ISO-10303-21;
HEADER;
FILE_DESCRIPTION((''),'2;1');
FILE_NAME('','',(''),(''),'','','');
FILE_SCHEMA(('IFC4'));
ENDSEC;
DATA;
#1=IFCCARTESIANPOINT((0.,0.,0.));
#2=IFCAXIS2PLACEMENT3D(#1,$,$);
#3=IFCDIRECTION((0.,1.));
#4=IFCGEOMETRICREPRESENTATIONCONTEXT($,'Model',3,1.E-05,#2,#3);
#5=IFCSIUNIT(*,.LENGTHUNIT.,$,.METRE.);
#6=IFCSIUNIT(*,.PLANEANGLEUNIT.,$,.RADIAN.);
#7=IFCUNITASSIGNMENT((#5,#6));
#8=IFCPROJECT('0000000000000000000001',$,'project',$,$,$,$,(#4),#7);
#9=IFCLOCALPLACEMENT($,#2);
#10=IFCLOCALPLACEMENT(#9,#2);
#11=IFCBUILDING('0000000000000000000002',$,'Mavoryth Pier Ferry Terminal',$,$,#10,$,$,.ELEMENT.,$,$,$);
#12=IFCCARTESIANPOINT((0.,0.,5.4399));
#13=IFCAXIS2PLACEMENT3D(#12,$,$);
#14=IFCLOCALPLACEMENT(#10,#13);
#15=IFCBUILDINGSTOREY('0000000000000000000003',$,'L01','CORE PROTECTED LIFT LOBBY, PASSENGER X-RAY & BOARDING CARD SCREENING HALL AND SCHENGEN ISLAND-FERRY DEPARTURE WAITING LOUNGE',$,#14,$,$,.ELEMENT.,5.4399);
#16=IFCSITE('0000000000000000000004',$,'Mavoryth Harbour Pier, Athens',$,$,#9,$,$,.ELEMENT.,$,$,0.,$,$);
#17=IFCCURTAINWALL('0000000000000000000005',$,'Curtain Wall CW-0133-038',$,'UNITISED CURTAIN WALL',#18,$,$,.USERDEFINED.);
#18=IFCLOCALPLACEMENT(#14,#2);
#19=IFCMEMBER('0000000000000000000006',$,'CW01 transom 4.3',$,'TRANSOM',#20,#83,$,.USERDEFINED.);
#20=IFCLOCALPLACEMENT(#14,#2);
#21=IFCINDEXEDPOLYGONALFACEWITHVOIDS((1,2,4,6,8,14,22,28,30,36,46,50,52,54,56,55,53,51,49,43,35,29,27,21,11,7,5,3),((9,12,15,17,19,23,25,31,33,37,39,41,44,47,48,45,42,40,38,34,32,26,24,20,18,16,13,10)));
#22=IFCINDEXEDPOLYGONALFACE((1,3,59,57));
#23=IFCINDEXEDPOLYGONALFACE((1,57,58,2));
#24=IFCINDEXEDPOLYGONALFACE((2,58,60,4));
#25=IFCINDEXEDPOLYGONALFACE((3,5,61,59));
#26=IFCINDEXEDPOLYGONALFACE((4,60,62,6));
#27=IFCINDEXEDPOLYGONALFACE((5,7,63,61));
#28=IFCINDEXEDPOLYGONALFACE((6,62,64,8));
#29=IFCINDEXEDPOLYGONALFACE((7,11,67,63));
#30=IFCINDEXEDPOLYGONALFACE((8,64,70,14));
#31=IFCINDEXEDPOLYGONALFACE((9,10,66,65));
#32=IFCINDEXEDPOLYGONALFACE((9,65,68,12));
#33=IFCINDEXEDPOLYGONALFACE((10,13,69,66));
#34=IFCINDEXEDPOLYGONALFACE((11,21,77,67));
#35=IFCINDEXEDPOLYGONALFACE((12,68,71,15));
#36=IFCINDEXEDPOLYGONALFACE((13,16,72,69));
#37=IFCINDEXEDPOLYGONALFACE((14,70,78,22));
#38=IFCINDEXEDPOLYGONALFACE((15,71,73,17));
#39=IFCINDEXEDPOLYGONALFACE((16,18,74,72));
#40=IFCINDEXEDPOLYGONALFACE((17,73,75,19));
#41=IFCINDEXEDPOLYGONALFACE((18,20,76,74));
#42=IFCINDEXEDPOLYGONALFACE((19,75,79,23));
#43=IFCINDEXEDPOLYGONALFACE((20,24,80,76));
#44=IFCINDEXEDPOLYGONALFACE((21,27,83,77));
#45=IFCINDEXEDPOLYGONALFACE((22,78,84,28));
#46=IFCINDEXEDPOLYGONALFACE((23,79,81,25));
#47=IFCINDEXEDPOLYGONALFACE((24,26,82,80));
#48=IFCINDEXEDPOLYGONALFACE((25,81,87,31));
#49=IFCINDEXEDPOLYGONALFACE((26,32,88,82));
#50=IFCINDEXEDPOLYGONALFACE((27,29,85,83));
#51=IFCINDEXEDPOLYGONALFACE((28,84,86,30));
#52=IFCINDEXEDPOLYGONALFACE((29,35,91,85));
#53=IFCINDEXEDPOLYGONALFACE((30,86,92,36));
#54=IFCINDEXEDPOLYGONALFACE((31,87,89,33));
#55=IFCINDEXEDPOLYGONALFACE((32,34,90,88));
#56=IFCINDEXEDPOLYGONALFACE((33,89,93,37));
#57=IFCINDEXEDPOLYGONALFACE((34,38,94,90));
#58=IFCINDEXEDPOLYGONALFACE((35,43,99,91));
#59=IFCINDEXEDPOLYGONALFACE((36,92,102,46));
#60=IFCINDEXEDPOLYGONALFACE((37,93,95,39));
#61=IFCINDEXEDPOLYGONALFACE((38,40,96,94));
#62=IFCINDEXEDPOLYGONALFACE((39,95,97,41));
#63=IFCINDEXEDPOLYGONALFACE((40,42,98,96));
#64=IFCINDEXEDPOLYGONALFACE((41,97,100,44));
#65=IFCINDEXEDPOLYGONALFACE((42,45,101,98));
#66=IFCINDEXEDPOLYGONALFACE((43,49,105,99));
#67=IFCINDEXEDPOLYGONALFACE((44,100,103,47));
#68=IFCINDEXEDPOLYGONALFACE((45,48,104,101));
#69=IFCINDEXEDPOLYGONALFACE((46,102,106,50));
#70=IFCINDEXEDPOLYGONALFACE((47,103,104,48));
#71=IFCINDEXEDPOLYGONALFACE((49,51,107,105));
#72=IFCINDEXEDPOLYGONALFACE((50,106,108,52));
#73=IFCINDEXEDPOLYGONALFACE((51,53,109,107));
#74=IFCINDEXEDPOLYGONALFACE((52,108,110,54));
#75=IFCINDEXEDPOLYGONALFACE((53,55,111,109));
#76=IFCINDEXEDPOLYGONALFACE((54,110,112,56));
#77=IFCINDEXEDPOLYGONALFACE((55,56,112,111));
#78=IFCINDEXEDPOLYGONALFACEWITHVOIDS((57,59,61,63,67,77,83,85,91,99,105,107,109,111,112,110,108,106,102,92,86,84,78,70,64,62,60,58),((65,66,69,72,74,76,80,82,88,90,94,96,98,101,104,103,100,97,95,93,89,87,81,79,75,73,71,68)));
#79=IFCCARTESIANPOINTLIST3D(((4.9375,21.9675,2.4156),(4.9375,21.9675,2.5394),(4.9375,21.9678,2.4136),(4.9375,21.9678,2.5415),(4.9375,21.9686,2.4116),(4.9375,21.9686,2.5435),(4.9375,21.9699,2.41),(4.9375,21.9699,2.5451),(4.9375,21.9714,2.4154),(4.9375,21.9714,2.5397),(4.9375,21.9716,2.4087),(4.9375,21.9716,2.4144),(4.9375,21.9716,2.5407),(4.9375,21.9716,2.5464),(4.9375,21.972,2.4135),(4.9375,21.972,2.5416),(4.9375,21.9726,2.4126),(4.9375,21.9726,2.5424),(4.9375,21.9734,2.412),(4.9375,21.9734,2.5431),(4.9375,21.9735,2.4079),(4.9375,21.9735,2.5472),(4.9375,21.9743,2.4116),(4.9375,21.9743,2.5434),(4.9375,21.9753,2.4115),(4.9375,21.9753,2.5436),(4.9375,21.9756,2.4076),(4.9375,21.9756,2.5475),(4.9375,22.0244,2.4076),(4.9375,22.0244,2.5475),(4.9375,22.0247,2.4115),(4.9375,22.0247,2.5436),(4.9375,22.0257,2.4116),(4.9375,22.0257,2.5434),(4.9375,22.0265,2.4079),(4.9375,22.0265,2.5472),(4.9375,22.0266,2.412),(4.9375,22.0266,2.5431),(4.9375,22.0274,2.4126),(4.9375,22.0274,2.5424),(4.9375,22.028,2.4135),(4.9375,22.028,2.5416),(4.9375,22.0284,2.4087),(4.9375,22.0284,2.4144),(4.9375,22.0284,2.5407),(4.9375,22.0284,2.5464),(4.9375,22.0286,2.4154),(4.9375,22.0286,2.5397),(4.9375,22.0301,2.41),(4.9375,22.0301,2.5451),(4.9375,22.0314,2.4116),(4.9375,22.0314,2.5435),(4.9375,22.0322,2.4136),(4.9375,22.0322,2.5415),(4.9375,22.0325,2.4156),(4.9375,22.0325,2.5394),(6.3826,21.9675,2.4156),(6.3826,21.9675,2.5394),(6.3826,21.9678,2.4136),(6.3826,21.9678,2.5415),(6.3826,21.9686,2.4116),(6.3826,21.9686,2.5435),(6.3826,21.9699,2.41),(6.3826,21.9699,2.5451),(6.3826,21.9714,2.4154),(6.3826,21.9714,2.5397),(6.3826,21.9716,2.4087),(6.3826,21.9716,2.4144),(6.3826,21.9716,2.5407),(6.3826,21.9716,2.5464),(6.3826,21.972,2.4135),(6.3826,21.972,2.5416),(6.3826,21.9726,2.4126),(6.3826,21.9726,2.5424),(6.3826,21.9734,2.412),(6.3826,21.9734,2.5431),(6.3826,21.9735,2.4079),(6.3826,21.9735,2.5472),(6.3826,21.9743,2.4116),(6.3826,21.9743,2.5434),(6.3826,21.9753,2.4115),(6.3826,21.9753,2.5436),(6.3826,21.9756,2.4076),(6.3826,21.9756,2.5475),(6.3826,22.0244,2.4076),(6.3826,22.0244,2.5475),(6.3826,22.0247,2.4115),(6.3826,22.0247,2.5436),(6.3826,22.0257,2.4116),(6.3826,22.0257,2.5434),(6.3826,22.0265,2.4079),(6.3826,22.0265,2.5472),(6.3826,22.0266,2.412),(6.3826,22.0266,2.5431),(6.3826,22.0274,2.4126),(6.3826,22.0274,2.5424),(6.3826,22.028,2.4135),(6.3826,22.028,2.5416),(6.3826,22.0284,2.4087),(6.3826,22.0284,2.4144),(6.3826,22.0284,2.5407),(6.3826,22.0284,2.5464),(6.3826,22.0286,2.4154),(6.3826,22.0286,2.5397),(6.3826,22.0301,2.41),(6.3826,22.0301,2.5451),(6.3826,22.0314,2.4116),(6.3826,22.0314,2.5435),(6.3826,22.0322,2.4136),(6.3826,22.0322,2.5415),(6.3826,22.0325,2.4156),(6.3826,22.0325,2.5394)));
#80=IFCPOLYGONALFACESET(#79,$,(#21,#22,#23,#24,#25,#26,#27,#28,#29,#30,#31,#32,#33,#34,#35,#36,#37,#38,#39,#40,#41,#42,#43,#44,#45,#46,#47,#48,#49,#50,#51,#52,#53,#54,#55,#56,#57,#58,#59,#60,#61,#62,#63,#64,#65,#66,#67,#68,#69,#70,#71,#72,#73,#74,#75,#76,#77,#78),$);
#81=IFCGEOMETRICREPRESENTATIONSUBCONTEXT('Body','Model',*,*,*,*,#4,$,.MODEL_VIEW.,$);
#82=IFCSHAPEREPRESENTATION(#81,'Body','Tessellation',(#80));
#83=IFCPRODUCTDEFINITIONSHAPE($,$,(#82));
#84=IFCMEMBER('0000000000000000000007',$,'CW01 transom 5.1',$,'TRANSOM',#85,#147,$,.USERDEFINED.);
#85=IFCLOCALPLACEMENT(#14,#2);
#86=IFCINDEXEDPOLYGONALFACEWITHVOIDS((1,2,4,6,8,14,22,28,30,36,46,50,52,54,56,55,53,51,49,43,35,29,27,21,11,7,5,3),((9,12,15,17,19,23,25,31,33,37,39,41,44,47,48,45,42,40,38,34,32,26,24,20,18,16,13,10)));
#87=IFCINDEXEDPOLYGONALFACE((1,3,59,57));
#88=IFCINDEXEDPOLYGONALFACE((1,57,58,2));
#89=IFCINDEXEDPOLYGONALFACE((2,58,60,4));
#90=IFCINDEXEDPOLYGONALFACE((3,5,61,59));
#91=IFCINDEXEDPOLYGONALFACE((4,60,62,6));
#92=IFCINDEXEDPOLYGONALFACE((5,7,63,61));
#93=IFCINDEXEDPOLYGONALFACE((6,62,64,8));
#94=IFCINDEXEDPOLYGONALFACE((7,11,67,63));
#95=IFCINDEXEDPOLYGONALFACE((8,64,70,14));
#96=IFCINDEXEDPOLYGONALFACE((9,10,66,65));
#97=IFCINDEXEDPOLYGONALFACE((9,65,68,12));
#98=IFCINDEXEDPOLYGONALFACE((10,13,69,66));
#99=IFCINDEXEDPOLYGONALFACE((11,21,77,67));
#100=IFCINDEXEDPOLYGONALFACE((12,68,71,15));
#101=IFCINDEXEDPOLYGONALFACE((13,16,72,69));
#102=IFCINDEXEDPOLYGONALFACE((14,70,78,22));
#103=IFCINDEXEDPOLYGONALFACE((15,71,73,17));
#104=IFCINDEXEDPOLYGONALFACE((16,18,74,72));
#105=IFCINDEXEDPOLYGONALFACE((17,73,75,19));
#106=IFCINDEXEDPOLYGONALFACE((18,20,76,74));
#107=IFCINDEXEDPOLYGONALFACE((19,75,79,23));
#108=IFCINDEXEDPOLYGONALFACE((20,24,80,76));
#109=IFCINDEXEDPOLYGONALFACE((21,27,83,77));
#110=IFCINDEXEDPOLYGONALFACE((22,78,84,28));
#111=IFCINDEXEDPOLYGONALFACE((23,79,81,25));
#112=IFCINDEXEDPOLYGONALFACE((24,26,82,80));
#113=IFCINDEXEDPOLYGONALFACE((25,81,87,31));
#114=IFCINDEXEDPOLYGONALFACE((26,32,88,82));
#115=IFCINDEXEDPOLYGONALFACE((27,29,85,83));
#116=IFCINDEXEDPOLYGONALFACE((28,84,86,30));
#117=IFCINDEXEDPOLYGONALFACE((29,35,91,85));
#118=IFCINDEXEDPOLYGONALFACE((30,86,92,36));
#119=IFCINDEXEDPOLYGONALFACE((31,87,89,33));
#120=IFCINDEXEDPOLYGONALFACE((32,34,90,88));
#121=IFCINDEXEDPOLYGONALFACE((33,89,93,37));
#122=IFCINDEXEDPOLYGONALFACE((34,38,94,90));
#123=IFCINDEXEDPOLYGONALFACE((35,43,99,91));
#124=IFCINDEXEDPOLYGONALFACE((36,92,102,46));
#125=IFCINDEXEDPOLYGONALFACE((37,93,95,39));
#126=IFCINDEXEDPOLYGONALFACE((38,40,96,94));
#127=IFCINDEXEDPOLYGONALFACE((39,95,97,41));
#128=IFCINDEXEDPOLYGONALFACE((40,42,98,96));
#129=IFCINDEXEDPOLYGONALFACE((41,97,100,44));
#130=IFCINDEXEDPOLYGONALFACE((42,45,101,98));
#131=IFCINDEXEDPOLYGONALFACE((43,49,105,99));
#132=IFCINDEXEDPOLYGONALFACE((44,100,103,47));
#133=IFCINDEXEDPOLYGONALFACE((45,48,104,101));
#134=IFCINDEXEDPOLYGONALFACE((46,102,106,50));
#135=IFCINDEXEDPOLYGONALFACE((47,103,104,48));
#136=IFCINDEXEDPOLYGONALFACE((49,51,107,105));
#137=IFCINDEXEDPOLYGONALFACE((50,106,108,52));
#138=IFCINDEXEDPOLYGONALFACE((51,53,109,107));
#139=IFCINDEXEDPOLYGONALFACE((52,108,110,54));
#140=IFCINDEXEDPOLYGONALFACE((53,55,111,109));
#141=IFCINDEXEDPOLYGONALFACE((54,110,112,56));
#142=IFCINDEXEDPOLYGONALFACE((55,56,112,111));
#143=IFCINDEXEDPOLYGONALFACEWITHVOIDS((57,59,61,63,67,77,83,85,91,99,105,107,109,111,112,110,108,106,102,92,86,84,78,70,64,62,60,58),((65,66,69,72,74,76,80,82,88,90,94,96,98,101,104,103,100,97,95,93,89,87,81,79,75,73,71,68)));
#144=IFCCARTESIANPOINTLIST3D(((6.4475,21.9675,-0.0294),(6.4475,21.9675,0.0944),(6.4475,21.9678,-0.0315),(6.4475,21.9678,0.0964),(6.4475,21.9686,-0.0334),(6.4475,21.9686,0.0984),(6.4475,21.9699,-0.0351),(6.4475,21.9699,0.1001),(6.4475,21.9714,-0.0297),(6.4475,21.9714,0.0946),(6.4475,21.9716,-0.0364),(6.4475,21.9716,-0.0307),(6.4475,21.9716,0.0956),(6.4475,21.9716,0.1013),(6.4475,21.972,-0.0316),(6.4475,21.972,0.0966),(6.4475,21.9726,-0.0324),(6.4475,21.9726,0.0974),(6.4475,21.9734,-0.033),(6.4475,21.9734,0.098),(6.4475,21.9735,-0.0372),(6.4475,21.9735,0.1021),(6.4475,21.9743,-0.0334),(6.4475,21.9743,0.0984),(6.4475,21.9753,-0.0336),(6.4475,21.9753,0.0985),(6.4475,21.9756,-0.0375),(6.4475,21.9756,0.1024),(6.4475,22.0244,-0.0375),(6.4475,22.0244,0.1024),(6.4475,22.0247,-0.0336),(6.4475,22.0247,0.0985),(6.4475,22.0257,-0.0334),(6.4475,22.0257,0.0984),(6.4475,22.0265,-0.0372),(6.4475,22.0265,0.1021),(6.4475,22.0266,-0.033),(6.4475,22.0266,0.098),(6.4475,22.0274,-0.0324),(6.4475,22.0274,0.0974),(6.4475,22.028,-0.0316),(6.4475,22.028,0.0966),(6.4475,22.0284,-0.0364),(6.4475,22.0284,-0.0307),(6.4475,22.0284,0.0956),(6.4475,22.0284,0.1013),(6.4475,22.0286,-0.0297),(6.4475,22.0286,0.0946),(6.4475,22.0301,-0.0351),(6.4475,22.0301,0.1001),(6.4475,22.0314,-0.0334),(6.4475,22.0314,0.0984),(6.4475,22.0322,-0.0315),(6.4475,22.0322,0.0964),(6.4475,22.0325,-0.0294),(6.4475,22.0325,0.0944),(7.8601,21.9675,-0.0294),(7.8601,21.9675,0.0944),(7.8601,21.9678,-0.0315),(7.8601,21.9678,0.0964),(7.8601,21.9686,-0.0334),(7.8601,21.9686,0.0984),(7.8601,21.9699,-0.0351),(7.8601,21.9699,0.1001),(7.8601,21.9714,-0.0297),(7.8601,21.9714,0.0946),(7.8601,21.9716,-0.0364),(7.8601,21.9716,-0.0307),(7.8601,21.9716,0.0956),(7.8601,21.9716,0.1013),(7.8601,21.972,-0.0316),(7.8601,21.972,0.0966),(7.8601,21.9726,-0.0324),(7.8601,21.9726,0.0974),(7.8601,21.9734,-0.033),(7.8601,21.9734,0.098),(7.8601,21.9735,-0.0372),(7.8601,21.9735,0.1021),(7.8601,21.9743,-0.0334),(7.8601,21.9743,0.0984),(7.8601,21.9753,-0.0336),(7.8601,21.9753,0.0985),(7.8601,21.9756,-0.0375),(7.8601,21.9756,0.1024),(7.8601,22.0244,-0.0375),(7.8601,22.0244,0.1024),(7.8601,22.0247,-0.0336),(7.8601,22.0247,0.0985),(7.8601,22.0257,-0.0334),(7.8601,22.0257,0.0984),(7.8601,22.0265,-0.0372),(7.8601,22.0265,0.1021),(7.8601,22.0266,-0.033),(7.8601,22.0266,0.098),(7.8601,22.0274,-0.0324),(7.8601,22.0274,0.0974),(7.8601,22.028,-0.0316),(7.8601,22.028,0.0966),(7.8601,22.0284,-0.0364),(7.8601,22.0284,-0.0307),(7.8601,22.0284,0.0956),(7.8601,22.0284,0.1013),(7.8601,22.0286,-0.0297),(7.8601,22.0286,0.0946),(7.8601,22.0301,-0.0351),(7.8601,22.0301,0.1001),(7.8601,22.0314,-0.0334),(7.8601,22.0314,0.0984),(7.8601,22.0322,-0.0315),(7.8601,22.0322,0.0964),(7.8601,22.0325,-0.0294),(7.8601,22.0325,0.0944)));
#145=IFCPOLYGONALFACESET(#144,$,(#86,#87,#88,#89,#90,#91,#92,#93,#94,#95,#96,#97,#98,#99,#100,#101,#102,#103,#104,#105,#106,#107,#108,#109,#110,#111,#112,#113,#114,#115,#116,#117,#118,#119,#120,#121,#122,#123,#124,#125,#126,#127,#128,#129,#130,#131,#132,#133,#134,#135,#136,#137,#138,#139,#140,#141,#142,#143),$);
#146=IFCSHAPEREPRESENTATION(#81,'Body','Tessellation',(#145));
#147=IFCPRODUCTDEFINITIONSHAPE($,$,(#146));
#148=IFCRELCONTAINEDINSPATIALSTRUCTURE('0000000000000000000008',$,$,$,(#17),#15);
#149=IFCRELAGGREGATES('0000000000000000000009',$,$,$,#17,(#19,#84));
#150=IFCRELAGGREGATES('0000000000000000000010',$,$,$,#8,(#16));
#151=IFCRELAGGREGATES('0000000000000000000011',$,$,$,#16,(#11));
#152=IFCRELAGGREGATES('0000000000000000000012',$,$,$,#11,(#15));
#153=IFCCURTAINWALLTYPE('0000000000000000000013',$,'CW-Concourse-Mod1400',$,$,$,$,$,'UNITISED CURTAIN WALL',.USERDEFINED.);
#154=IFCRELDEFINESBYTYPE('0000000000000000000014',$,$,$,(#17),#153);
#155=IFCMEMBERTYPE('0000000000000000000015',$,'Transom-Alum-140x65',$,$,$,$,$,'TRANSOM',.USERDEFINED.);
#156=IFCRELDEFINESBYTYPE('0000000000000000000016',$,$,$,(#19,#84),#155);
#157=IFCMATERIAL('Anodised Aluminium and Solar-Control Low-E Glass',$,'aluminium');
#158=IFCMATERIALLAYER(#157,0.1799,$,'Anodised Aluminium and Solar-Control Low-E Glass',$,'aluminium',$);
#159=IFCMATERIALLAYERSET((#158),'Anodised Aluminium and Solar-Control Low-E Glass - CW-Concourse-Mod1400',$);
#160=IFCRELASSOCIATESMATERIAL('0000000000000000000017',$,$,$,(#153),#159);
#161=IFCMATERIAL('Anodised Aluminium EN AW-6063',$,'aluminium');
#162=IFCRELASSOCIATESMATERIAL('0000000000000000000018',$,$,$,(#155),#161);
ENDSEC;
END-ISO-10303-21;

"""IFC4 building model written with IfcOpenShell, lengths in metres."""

from ifc_helpers import new_model, si_unit, direction, frame, origin, origin_2d, place, context, subcontext, project, spatial, hollow_rectangle, extrude, material, layer, layer_set, material_profile, profile_set, type_object, element, aggregate, save


model = new_model("IFC4")

# Units and contexts
model_context = context("Model", 3, precision=1e-05, world=origin(), true_north=direction((0.0, 1.0)))
body_context = subcontext(model_context, "Body", "Model", "MODEL_VIEW")
ifc_project = project(units=[si_unit("LENGTHUNIT", "METRE"), si_unit("PLANEANGLEUNIT", "RADIAN")], contexts=[model_context])

# Site, building, storey
site_placement = place(None, origin())
site = spatial("IfcSite", under=ifc_project, at=site_placement, Name="Mavoryth Harbour Pier, Athens", CompositionType="ELEMENT", RefElevation=0.0)
building_placement = place(site_placement, origin())
building = spatial("IfcBuilding", under=site, at=building_placement, Name="Mavoryth Pier Ferry Terminal", CompositionType="ELEMENT")
storey_placement = place(building_placement, frame((0.0, 0.0, 5.4399)))
storey = spatial("IfcBuildingStorey", under=building, at=storey_placement, Name="L01", Description="CORE PROTECTED LIFT LOBBY, PASSENGER X-RAY & BOARDING CARD SCREENING HALL AND SCHENGEN ISLAND-FERRY DEPARTURE WAITING LOUNGE", CompositionType="ELEMENT", Elevation=5.4399)

# Curtain wall
ifc_material_1 = material(Name="Anodised Aluminium and Solar-Control Low-E Glass", Category="aluminium")
ifc_layer_1 = layer(ifc_material_1, 0.1799, Name="Anodised Aluminium and Solar-Control Low-E Glass", Category="aluminium")
ifc_layer_set_1 = layer_set([ifc_layer_1], Name="Anodised Aluminium and Solar-Control Low-E Glass - CW-Concourse-Mod1400")
curtain_wall_type = type_object("IfcCurtainWallType", Name="CW-Concourse-Mod1400", ElementType="UNITISED CURTAIN WALL", PredefinedType="USERDEFINED", material=ifc_layer_set_1)
curtain_wall_1_placement = place(storey_placement, origin())
curtain_wall_1 = element("IfcCurtainWall", 1, at=curtain_wall_1_placement, inside=storey, type_object=curtain_wall_type, Name="Curtain Wall CW-0133-038", ObjectType="UNITISED CURTAIN WALL", PredefinedType="USERDEFINED")
ifc_material_2 = material(Name="Anodised Aluminium EN AW-6063", Category="aluminium")

# Members
ifc_material_profile_1 = material_profile(ifc_material_2, hollow_rectangle(XDim=0.0649, YDim=0.1399, WallThickness=0.0039, InnerFilletRadius=0.0039, OuterFilletRadius=0.0081, at=origin_2d()), Name="AL-TRAN 140x65x4", Category="aluminium")
ifc_profile_set_1 = profile_set([ifc_material_profile_1], Name="Anodised Aluminium EN AW-6063 - AL-TRAN 140x65x4")
member_type_1 = type_object("IfcMemberType", Name="Transom-Alum-140x65", ElementType="TRANSOM", PredefinedType="USERDEFINED", material=ifc_profile_set_1)
member_1_placement = place(storey_placement, frame((4.9375, 22.0, 2.4775), z_axis=(1.0, 0.0, 0.0), x_axis=(0.0, 1.0, 0.0)))
member_1 = element("IfcMember", 2, at=member_1_placement, type_object=member_type_1, Name="CW01 transom 4.3", ObjectType="TRANSOM", PredefinedType="USERDEFINED", context=body_context, shape_type="SweptSolid", body=[
    extrude(hollow_rectangle(XDim=0.0649, YDim=0.1399, WallThickness=0.0039, InnerFilletRadius=0.0039, OuterFilletRadius=0.0081, at=origin_2d()), origin(), (0.0, 0.0, 1.0), 1.4451),
])
member_2_placement = place(storey_placement, frame((6.4475, 22.0, 0.0325), z_axis=(1.0, 0.0, 0.0), x_axis=(0.0, 1.0, 0.0)))
member_2 = element("IfcMember", 3, at=member_2_placement, type_object=member_type_1, Name="CW01 transom 5.1", ObjectType="TRANSOM", PredefinedType="USERDEFINED", context=body_context, shape_type="SweptSolid", body=[
    extrude(hollow_rectangle(XDim=0.0649, YDim=0.1399, WallThickness=0.0039, InnerFilletRadius=0.0039, OuterFilletRadius=0.0081, at=origin_2d()), origin(), (0.0, 0.0, 1.0), 1.4126),
])

aggregate(curtain_wall_1, [member_1, member_2])

save(model, "model.ifc")
